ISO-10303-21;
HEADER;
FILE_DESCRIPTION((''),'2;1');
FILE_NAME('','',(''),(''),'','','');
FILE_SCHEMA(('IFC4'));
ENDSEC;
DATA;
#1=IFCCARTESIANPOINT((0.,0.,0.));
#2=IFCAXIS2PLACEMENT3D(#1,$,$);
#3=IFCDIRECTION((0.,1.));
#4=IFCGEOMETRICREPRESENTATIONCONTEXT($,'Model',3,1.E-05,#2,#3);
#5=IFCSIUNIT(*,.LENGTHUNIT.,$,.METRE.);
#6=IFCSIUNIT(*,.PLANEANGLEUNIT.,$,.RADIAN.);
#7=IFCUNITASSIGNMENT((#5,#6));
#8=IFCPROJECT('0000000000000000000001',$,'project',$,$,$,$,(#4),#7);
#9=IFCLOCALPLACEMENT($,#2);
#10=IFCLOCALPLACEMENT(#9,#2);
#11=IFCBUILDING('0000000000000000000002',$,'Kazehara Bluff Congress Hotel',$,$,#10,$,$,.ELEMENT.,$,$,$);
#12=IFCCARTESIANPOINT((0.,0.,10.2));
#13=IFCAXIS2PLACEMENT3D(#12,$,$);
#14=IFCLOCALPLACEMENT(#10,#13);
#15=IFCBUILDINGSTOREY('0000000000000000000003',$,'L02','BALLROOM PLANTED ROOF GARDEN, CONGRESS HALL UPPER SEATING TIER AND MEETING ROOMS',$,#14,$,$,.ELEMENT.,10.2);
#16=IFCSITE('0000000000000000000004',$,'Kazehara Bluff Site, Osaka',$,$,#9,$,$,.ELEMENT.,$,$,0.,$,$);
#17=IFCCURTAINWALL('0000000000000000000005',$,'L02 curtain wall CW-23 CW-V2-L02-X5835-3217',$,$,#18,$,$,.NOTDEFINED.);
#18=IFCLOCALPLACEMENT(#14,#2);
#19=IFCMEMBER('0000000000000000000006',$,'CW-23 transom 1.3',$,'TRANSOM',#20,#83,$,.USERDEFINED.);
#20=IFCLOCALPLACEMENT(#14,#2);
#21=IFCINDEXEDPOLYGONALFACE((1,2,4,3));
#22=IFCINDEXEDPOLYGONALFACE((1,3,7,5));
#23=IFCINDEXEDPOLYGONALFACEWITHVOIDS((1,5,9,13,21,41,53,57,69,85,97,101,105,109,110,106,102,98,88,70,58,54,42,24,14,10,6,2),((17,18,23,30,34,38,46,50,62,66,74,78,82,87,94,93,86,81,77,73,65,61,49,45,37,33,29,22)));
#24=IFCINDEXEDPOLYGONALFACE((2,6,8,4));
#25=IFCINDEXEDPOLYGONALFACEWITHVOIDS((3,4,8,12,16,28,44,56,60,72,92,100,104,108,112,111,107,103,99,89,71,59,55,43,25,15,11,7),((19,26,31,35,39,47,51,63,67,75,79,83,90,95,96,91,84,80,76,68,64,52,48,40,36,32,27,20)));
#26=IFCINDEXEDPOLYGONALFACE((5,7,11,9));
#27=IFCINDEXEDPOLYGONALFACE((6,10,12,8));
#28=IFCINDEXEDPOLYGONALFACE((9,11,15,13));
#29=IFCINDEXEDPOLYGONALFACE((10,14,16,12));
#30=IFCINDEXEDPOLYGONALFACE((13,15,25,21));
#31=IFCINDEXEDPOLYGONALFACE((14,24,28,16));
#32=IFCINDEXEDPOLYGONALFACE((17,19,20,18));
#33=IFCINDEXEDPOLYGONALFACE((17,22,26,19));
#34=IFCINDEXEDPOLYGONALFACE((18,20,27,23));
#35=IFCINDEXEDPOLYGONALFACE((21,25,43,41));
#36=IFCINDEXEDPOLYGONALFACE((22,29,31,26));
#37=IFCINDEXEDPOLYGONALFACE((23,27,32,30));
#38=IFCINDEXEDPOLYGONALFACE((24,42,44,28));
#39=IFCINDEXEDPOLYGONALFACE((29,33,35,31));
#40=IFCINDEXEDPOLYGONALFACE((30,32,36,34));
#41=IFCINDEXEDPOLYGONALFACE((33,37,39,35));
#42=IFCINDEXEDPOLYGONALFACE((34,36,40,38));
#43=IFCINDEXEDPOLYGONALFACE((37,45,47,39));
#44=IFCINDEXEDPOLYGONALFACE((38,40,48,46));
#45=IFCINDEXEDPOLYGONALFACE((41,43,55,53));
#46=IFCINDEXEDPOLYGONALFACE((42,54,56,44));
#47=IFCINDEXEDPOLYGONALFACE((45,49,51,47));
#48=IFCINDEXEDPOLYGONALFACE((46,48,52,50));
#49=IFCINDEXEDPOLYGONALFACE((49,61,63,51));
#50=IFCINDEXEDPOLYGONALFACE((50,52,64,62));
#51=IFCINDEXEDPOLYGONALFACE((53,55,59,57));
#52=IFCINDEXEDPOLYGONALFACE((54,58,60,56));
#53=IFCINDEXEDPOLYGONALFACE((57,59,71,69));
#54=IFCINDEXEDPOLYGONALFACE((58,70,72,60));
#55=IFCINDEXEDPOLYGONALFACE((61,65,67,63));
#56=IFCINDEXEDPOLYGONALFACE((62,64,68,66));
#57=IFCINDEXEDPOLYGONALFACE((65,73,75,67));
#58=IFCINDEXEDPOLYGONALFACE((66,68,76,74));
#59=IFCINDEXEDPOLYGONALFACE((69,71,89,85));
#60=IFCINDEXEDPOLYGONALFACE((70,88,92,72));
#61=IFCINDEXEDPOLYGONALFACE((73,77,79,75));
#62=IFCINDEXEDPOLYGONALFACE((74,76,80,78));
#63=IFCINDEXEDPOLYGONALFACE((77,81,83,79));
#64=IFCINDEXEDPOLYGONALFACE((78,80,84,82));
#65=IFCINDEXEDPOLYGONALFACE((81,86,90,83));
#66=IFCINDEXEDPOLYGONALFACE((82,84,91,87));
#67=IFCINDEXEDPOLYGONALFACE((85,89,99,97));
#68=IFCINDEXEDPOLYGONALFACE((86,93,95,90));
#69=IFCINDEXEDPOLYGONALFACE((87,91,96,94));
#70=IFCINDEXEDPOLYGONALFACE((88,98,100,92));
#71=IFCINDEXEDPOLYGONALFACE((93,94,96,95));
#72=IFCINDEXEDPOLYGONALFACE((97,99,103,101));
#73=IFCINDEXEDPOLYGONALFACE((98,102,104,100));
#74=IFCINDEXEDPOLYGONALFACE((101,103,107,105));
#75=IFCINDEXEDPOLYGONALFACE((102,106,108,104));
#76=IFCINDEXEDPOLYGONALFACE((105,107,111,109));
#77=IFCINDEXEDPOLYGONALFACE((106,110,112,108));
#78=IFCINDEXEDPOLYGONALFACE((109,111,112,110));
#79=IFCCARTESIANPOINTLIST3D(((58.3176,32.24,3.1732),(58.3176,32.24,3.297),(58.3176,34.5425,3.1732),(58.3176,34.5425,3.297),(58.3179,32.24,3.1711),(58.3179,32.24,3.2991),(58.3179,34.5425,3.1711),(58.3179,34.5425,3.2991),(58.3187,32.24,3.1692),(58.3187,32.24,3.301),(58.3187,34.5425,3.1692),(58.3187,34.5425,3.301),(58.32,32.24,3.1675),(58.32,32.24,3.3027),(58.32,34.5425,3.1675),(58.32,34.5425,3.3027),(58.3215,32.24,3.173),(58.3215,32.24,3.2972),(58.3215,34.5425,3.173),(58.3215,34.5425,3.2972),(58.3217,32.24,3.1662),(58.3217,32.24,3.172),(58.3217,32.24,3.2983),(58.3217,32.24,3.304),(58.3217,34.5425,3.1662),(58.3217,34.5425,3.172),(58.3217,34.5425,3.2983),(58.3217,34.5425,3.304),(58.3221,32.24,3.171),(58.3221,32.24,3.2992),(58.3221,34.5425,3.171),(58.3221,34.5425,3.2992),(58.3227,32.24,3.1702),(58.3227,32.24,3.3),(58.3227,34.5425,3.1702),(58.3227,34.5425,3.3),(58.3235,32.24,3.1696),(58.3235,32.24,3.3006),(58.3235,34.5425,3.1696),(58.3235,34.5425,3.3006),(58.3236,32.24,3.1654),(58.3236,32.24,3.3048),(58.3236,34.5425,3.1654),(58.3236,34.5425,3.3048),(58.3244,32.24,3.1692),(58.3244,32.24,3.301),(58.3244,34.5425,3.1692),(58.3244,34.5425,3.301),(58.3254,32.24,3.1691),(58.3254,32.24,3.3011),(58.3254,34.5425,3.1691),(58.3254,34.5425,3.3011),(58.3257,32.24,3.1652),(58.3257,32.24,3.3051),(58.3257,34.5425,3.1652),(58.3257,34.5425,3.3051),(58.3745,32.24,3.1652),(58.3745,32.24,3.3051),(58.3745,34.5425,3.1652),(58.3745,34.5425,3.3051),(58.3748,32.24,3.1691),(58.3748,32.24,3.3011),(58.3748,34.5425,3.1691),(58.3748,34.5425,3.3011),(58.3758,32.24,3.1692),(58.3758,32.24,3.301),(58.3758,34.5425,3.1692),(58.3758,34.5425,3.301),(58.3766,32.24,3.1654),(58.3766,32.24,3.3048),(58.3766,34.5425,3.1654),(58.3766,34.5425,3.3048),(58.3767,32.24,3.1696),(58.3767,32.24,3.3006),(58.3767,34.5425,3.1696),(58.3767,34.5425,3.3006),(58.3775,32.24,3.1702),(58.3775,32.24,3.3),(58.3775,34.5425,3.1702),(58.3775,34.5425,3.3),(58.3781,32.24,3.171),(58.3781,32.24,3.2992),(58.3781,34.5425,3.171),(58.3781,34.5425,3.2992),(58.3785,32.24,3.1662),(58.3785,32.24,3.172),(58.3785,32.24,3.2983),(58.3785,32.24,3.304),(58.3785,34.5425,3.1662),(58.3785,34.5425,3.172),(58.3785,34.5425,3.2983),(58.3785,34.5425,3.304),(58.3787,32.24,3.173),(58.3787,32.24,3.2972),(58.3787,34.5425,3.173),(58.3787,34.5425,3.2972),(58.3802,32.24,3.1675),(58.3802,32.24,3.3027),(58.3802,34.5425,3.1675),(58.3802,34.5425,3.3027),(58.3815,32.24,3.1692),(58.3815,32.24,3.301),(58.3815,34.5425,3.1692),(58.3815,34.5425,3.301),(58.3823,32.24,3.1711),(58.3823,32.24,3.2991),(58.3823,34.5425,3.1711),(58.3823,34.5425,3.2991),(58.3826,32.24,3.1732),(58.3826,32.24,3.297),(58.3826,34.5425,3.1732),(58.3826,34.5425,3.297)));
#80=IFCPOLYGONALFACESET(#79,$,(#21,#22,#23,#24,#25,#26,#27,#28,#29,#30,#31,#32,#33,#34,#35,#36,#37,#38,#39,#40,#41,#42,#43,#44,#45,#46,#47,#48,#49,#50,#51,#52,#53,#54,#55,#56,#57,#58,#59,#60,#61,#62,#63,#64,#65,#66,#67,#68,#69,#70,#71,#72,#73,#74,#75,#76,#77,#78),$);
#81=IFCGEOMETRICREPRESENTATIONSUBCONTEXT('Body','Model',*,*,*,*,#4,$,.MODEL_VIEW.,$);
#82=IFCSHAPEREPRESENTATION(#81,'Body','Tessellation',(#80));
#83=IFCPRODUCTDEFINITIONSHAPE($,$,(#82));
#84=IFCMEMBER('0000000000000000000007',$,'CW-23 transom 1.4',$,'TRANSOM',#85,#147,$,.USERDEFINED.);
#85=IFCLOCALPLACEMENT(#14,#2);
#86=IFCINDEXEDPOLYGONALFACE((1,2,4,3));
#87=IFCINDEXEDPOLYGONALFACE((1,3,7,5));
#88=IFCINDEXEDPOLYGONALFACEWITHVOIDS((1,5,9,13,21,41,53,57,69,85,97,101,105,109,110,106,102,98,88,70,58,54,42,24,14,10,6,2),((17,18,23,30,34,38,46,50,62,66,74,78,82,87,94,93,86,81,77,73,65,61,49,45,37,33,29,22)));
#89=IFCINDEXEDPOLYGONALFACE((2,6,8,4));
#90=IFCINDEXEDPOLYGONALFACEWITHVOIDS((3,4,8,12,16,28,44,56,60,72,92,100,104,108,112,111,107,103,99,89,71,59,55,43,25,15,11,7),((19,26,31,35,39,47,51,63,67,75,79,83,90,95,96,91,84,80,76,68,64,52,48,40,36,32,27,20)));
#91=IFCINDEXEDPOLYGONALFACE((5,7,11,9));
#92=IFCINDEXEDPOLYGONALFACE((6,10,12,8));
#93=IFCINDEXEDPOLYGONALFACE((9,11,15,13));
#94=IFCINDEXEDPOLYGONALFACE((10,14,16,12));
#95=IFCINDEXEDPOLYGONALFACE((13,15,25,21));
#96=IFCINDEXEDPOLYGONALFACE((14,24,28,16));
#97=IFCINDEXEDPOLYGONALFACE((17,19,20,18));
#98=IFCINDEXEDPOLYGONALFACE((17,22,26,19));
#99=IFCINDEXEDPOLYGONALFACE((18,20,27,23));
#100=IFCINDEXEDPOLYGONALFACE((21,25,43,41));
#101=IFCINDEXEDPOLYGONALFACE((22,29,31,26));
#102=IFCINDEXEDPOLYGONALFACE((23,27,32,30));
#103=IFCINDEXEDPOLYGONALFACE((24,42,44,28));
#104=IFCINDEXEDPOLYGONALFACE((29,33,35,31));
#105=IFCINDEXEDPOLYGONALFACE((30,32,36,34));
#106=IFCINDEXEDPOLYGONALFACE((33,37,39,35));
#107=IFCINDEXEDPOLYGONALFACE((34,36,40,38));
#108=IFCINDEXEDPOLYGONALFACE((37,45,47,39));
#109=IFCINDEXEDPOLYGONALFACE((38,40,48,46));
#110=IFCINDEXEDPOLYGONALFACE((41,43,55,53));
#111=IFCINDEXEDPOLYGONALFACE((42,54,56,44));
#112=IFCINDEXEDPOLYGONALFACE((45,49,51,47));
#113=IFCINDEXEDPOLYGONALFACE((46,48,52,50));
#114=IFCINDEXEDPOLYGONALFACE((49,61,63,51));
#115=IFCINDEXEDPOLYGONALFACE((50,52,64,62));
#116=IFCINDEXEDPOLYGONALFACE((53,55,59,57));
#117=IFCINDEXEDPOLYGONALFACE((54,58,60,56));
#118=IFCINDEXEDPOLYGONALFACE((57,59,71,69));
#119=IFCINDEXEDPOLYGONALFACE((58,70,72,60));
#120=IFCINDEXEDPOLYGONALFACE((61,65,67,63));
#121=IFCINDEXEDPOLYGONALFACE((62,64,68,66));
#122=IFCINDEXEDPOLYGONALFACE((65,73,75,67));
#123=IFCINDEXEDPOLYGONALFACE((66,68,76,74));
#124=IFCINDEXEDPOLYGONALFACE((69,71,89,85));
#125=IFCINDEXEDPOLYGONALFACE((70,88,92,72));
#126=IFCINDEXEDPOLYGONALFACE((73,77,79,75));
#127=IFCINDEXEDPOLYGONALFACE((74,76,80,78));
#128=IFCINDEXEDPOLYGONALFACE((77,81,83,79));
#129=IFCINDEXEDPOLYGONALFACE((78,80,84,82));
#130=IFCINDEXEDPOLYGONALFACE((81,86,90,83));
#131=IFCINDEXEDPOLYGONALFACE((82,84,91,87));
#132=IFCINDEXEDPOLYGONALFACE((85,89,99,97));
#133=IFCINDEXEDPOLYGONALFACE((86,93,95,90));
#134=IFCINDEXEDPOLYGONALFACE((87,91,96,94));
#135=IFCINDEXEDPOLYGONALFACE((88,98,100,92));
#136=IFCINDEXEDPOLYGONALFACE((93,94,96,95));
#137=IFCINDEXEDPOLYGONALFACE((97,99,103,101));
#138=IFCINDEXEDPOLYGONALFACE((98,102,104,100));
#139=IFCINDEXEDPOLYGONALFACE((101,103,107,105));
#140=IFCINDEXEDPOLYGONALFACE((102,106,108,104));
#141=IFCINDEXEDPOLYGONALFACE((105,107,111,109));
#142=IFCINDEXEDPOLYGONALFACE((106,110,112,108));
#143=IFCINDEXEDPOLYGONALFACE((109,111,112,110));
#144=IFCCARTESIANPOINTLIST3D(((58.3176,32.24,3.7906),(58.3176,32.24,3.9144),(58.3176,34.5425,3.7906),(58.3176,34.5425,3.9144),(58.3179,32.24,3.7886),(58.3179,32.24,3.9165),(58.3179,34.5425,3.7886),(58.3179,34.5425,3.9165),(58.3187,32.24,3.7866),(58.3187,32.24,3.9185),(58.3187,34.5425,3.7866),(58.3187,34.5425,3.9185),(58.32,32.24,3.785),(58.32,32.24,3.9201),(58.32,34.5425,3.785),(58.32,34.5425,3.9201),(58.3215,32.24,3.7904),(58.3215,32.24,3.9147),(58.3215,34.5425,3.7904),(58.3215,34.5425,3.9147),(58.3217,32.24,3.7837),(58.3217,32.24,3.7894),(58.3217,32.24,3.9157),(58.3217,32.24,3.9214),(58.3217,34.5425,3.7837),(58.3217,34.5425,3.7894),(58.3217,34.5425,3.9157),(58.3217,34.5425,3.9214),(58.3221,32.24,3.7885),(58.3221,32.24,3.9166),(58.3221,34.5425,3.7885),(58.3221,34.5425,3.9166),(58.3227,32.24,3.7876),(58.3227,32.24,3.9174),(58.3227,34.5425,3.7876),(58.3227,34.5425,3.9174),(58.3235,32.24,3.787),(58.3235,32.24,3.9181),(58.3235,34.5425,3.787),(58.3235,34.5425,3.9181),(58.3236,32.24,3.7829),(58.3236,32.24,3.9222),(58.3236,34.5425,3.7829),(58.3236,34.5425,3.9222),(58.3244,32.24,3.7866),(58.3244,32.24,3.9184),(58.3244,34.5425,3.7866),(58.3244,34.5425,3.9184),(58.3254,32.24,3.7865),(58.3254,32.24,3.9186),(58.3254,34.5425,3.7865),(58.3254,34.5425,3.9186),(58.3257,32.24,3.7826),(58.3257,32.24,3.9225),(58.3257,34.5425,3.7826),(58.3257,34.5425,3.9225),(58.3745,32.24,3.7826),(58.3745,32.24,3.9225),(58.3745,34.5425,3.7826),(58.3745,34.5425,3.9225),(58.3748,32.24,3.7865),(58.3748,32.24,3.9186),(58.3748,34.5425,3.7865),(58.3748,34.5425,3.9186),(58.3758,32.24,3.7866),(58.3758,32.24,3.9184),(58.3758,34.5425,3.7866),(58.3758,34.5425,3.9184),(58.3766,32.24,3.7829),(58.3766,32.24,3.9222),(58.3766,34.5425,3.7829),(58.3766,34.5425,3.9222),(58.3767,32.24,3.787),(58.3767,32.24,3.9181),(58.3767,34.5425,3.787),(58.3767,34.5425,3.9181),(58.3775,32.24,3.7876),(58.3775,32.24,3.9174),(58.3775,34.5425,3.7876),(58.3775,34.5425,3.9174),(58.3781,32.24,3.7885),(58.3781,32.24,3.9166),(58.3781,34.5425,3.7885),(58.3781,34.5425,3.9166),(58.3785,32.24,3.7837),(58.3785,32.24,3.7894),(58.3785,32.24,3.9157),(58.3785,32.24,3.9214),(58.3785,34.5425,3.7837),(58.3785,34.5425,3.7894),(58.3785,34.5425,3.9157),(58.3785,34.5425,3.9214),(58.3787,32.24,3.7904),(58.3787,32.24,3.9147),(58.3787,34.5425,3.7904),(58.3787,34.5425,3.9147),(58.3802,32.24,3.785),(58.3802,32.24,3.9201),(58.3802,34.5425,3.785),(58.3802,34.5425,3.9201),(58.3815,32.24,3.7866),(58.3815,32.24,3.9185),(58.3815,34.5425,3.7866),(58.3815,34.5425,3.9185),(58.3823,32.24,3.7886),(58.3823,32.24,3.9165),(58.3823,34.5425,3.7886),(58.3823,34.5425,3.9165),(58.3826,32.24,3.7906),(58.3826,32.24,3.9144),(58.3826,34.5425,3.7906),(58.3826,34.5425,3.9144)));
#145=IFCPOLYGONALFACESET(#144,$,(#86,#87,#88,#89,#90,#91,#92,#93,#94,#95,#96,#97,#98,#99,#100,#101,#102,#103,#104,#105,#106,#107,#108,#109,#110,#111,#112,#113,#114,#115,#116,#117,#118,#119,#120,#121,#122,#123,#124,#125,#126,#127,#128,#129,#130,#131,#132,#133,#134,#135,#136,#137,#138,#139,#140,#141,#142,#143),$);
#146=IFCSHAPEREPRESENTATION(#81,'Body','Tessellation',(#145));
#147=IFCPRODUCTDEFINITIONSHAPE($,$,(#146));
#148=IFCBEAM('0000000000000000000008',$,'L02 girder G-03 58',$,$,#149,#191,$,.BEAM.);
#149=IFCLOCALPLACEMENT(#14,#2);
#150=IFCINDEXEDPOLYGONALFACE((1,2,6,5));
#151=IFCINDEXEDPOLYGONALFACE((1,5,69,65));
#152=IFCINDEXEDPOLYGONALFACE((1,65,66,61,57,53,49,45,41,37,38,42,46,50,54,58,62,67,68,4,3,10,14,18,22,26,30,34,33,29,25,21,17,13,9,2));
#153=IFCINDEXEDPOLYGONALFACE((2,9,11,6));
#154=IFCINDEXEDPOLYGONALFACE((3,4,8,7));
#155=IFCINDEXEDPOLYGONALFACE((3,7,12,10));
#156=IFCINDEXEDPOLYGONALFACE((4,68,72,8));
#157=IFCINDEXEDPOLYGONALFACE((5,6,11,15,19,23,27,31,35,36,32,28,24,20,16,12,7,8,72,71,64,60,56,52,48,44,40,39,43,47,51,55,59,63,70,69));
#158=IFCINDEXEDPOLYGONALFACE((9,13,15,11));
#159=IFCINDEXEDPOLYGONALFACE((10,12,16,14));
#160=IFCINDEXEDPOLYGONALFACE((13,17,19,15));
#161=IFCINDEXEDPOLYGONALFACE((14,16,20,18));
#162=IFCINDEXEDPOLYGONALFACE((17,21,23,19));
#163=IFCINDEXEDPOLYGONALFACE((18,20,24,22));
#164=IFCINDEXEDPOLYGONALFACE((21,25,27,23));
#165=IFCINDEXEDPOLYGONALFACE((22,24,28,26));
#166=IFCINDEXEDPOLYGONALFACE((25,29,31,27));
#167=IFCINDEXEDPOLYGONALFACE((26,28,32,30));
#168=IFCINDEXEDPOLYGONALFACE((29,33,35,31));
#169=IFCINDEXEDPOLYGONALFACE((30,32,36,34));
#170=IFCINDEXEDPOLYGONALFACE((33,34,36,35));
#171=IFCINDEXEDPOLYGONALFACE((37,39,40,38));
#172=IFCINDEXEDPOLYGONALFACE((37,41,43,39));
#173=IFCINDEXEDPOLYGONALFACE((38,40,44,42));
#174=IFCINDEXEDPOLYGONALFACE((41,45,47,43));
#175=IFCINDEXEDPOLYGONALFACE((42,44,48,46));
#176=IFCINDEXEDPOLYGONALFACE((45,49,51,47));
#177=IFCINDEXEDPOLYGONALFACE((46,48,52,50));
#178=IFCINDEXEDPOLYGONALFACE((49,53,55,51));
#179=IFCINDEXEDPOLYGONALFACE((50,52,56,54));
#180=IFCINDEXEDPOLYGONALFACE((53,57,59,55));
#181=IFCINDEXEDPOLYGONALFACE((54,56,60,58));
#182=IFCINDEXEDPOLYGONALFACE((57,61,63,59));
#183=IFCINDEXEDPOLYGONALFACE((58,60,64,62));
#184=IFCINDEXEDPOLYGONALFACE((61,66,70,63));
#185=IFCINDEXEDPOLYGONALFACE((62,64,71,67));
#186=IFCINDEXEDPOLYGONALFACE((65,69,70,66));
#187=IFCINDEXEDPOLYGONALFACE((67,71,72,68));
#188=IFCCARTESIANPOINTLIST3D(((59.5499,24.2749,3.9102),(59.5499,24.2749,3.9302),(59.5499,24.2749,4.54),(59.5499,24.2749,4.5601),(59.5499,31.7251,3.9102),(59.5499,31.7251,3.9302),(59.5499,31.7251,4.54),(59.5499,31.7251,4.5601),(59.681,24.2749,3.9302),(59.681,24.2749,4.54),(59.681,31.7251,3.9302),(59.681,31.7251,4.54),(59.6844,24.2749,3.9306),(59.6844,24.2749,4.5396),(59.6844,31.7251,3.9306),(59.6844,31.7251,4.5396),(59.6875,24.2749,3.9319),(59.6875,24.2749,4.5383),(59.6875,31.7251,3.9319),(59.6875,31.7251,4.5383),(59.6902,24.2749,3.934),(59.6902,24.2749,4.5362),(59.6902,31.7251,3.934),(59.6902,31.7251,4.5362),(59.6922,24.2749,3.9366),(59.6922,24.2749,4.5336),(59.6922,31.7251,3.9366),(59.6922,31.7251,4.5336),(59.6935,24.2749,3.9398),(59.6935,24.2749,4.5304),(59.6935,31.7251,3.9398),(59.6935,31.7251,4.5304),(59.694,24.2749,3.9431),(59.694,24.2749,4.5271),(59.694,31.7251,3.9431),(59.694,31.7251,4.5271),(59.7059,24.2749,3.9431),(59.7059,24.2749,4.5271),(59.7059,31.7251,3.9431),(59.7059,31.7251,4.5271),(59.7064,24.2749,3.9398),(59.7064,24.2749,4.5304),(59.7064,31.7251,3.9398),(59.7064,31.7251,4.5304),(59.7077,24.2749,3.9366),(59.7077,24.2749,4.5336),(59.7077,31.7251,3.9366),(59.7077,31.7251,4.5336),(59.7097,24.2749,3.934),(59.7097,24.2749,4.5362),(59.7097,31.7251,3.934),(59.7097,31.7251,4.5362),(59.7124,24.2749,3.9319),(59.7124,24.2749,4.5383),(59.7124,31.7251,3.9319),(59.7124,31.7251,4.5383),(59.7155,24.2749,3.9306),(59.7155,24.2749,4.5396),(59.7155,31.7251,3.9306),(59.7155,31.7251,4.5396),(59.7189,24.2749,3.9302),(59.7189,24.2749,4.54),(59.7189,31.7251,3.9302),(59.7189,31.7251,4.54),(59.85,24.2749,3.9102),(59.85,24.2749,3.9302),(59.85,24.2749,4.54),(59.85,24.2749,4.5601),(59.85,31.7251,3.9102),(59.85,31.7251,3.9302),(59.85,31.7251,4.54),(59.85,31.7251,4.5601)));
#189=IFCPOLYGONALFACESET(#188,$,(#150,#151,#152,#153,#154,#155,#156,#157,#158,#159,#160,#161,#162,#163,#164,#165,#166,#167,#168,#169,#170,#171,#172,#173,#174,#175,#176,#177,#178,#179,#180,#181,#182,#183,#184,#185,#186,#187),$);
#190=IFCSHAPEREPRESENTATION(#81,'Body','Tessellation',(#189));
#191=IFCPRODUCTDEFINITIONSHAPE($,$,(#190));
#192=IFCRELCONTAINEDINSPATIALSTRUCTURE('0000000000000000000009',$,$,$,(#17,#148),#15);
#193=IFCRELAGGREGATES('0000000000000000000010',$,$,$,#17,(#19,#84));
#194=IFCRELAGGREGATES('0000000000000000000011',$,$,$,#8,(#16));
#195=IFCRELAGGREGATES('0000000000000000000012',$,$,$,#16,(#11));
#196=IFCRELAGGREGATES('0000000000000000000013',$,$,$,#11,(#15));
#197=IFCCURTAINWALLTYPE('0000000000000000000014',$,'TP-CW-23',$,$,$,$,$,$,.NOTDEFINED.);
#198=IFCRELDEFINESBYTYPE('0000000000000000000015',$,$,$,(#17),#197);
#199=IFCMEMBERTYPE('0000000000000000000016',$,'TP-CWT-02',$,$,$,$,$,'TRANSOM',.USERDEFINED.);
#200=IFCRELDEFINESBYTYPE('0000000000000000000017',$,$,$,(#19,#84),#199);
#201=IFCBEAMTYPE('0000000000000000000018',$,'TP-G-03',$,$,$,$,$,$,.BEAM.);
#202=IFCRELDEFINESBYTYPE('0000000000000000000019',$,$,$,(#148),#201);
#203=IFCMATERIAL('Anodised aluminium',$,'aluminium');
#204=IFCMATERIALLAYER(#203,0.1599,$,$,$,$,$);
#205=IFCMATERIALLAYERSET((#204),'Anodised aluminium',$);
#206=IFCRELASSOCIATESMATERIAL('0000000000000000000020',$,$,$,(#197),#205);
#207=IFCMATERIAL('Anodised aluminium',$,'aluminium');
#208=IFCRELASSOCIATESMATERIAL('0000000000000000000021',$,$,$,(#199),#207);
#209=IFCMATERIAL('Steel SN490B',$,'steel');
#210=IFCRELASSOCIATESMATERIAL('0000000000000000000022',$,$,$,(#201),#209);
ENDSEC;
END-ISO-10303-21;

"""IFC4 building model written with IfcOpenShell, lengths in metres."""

from ifc_helpers import new_model, si_unit, direction, frame, origin, origin_2d, place, context, subcontext, project, spatial, hollow_rectangle, i_section, extrude, material, layer, layer_set, material_profile, profile_set, type_object, element, aggregate, save


model = new_model("IFC4")

# Units and contexts
model_context = context("Model", 3, precision=1e-05, world=origin(), true_north=direction((0.0, 1.0)))
body_context = subcontext(model_context, "Body", "Model", "MODEL_VIEW")
ifc_project = project(units=[si_unit("LENGTHUNIT", "METRE"), si_unit("PLANEANGLEUNIT", "RADIAN")], contexts=[model_context])

# Site, building, storey
site_placement = place(None, origin())
site = spatial("IfcSite", under=ifc_project, at=site_placement, Name="Kazehara Bluff Site, Osaka", CompositionType="ELEMENT", RefElevation=0.0)
building_placement = place(site_placement, origin())
building = spatial("IfcBuilding", under=site, at=building_placement, Name="Kazehara Bluff Congress Hotel", CompositionType="ELEMENT")
storey_placement = place(building_placement, frame((0.0, 0.0, 10.2)))
storey = spatial("IfcBuildingStorey", under=building, at=storey_placement, Name="L02", Description="BALLROOM PLANTED ROOF GARDEN, CONGRESS HALL UPPER SEATING TIER AND MEETING ROOMS", CompositionType="ELEMENT", Elevation=10.2)

# Curtain wall, members
ifc_material_1 = material(Name="Anodised aluminium", Category="aluminium")
ifc_layer_1 = layer(ifc_material_1, 0.1599)
ifc_layer_set_1 = layer_set([ifc_layer_1], Name="Anodised aluminium")
curtain_wall_type = type_object("IfcCurtainWallType", Name="TP-CW-23", PredefinedType="NOTDEFINED", material=ifc_layer_set_1)
curtain_wall_placement = place(storey_placement, origin())
curtain_wall = element("IfcCurtainWall", 1, at=curtain_wall_placement, inside=storey, type_object=curtain_wall_type, Name="L02 curtain wall CW-23 CW-V2-L02-X5835-3217", PredefinedType="NOTDEFINED")
ifc_material_2 = material(Name="Anodised aluminium", Category="aluminium")
ifc_material_profile_1 = material_profile(ifc_material_2, hollow_rectangle(XDim=0.0649, YDim=0.1399, WallThickness=0.0039, InnerFilletRadius=0.0039, OuterFilletRadius=0.0081, at=origin_2d()))
ifc_profile_set_1 = profile_set([ifc_material_profile_1], Name="Anodised aluminium")
member_type = type_object("IfcMemberType", Name="TP-CWT-02", ElementType="TRANSOM", PredefinedType="USERDEFINED", material=ifc_profile_set_1)
member_1_placement = place(storey_placement, frame((58.3501, 32.24, 3.2351), z_axis=(0.0, 1.0, 0.0), x_axis=(-1.0, 0.0, 0.0)))
member_1 = element("IfcMember", 2, at=member_1_placement, type_object=member_type, Name="CW-23 transom 1.3", ObjectType="TRANSOM", PredefinedType="USERDEFINED", context=body_context, shape_type="SweptSolid", body=[
    extrude(hollow_rectangle(XDim=0.0649, YDim=0.1399, WallThickness=0.0039, InnerFilletRadius=0.0039, OuterFilletRadius=0.0081, at=origin_2d()), origin(), (0.0, 0.0, 1.0), 2.3025),
])
member_2_placement = place(storey_placement, frame((58.3501, 32.24, 3.8525), z_axis=(0.0, 1.0, 0.0), x_axis=(-1.0, 0.0, 0.0)))
member_2 = element("IfcMember", 3, at=member_2_placement, type_object=member_type, Name="CW-23 transom 1.4", ObjectType="TRANSOM", PredefinedType="USERDEFINED", context=body_context, shape_type="SweptSolid", body=[
    extrude(hollow_rectangle(XDim=0.0649, YDim=0.1399, WallThickness=0.0039, InnerFilletRadius=0.0039, OuterFilletRadius=0.0081, at=origin_2d()), origin(), (0.0, 0.0, 1.0), 2.3025),
])

# Beam
ifc_material_3 = material(Name="Steel SN490B", Category="steel")
ifc_material_profile_2 = material_profile(ifc_material_3, i_section(OverallWidth=0.3, OverallDepth=0.6499, WebThickness=0.012, FlangeThickness=0.02, FilletRadius=0.0129, at=origin_2d()))
ifc_profile_set_2 = profile_set([ifc_material_profile_2], Name="Steel SN490B")
beam_type_1 = type_object("IfcBeamType", Name="TP-G-03", PredefinedType="BEAM", material=ifc_profile_set_2)
beam_1_placement = place(storey_placement, frame((59.7, 24.2749, 4.2351), z_axis=(0.0, 1.0, 0.0), x_axis=(-1.0, 0.0, 0.0)))
element("IfcBeam", 4, at=beam_1_placement, inside=storey, type_object=beam_type_1, Name="L02 girder G-03 58", PredefinedType="BEAM", context=body_context, shape_type="SweptSolid", body=[
    extrude(i_section(OverallWidth=0.3, OverallDepth=0.6499, WebThickness=0.012, FlangeThickness=0.02, FilletRadius=0.0129, at=origin_2d()), origin(), (0.0, 0.0, 1.0), 7.4502),
])

aggregate(curtain_wall, [member_1, member_2])

save(model, "model.ifc")
